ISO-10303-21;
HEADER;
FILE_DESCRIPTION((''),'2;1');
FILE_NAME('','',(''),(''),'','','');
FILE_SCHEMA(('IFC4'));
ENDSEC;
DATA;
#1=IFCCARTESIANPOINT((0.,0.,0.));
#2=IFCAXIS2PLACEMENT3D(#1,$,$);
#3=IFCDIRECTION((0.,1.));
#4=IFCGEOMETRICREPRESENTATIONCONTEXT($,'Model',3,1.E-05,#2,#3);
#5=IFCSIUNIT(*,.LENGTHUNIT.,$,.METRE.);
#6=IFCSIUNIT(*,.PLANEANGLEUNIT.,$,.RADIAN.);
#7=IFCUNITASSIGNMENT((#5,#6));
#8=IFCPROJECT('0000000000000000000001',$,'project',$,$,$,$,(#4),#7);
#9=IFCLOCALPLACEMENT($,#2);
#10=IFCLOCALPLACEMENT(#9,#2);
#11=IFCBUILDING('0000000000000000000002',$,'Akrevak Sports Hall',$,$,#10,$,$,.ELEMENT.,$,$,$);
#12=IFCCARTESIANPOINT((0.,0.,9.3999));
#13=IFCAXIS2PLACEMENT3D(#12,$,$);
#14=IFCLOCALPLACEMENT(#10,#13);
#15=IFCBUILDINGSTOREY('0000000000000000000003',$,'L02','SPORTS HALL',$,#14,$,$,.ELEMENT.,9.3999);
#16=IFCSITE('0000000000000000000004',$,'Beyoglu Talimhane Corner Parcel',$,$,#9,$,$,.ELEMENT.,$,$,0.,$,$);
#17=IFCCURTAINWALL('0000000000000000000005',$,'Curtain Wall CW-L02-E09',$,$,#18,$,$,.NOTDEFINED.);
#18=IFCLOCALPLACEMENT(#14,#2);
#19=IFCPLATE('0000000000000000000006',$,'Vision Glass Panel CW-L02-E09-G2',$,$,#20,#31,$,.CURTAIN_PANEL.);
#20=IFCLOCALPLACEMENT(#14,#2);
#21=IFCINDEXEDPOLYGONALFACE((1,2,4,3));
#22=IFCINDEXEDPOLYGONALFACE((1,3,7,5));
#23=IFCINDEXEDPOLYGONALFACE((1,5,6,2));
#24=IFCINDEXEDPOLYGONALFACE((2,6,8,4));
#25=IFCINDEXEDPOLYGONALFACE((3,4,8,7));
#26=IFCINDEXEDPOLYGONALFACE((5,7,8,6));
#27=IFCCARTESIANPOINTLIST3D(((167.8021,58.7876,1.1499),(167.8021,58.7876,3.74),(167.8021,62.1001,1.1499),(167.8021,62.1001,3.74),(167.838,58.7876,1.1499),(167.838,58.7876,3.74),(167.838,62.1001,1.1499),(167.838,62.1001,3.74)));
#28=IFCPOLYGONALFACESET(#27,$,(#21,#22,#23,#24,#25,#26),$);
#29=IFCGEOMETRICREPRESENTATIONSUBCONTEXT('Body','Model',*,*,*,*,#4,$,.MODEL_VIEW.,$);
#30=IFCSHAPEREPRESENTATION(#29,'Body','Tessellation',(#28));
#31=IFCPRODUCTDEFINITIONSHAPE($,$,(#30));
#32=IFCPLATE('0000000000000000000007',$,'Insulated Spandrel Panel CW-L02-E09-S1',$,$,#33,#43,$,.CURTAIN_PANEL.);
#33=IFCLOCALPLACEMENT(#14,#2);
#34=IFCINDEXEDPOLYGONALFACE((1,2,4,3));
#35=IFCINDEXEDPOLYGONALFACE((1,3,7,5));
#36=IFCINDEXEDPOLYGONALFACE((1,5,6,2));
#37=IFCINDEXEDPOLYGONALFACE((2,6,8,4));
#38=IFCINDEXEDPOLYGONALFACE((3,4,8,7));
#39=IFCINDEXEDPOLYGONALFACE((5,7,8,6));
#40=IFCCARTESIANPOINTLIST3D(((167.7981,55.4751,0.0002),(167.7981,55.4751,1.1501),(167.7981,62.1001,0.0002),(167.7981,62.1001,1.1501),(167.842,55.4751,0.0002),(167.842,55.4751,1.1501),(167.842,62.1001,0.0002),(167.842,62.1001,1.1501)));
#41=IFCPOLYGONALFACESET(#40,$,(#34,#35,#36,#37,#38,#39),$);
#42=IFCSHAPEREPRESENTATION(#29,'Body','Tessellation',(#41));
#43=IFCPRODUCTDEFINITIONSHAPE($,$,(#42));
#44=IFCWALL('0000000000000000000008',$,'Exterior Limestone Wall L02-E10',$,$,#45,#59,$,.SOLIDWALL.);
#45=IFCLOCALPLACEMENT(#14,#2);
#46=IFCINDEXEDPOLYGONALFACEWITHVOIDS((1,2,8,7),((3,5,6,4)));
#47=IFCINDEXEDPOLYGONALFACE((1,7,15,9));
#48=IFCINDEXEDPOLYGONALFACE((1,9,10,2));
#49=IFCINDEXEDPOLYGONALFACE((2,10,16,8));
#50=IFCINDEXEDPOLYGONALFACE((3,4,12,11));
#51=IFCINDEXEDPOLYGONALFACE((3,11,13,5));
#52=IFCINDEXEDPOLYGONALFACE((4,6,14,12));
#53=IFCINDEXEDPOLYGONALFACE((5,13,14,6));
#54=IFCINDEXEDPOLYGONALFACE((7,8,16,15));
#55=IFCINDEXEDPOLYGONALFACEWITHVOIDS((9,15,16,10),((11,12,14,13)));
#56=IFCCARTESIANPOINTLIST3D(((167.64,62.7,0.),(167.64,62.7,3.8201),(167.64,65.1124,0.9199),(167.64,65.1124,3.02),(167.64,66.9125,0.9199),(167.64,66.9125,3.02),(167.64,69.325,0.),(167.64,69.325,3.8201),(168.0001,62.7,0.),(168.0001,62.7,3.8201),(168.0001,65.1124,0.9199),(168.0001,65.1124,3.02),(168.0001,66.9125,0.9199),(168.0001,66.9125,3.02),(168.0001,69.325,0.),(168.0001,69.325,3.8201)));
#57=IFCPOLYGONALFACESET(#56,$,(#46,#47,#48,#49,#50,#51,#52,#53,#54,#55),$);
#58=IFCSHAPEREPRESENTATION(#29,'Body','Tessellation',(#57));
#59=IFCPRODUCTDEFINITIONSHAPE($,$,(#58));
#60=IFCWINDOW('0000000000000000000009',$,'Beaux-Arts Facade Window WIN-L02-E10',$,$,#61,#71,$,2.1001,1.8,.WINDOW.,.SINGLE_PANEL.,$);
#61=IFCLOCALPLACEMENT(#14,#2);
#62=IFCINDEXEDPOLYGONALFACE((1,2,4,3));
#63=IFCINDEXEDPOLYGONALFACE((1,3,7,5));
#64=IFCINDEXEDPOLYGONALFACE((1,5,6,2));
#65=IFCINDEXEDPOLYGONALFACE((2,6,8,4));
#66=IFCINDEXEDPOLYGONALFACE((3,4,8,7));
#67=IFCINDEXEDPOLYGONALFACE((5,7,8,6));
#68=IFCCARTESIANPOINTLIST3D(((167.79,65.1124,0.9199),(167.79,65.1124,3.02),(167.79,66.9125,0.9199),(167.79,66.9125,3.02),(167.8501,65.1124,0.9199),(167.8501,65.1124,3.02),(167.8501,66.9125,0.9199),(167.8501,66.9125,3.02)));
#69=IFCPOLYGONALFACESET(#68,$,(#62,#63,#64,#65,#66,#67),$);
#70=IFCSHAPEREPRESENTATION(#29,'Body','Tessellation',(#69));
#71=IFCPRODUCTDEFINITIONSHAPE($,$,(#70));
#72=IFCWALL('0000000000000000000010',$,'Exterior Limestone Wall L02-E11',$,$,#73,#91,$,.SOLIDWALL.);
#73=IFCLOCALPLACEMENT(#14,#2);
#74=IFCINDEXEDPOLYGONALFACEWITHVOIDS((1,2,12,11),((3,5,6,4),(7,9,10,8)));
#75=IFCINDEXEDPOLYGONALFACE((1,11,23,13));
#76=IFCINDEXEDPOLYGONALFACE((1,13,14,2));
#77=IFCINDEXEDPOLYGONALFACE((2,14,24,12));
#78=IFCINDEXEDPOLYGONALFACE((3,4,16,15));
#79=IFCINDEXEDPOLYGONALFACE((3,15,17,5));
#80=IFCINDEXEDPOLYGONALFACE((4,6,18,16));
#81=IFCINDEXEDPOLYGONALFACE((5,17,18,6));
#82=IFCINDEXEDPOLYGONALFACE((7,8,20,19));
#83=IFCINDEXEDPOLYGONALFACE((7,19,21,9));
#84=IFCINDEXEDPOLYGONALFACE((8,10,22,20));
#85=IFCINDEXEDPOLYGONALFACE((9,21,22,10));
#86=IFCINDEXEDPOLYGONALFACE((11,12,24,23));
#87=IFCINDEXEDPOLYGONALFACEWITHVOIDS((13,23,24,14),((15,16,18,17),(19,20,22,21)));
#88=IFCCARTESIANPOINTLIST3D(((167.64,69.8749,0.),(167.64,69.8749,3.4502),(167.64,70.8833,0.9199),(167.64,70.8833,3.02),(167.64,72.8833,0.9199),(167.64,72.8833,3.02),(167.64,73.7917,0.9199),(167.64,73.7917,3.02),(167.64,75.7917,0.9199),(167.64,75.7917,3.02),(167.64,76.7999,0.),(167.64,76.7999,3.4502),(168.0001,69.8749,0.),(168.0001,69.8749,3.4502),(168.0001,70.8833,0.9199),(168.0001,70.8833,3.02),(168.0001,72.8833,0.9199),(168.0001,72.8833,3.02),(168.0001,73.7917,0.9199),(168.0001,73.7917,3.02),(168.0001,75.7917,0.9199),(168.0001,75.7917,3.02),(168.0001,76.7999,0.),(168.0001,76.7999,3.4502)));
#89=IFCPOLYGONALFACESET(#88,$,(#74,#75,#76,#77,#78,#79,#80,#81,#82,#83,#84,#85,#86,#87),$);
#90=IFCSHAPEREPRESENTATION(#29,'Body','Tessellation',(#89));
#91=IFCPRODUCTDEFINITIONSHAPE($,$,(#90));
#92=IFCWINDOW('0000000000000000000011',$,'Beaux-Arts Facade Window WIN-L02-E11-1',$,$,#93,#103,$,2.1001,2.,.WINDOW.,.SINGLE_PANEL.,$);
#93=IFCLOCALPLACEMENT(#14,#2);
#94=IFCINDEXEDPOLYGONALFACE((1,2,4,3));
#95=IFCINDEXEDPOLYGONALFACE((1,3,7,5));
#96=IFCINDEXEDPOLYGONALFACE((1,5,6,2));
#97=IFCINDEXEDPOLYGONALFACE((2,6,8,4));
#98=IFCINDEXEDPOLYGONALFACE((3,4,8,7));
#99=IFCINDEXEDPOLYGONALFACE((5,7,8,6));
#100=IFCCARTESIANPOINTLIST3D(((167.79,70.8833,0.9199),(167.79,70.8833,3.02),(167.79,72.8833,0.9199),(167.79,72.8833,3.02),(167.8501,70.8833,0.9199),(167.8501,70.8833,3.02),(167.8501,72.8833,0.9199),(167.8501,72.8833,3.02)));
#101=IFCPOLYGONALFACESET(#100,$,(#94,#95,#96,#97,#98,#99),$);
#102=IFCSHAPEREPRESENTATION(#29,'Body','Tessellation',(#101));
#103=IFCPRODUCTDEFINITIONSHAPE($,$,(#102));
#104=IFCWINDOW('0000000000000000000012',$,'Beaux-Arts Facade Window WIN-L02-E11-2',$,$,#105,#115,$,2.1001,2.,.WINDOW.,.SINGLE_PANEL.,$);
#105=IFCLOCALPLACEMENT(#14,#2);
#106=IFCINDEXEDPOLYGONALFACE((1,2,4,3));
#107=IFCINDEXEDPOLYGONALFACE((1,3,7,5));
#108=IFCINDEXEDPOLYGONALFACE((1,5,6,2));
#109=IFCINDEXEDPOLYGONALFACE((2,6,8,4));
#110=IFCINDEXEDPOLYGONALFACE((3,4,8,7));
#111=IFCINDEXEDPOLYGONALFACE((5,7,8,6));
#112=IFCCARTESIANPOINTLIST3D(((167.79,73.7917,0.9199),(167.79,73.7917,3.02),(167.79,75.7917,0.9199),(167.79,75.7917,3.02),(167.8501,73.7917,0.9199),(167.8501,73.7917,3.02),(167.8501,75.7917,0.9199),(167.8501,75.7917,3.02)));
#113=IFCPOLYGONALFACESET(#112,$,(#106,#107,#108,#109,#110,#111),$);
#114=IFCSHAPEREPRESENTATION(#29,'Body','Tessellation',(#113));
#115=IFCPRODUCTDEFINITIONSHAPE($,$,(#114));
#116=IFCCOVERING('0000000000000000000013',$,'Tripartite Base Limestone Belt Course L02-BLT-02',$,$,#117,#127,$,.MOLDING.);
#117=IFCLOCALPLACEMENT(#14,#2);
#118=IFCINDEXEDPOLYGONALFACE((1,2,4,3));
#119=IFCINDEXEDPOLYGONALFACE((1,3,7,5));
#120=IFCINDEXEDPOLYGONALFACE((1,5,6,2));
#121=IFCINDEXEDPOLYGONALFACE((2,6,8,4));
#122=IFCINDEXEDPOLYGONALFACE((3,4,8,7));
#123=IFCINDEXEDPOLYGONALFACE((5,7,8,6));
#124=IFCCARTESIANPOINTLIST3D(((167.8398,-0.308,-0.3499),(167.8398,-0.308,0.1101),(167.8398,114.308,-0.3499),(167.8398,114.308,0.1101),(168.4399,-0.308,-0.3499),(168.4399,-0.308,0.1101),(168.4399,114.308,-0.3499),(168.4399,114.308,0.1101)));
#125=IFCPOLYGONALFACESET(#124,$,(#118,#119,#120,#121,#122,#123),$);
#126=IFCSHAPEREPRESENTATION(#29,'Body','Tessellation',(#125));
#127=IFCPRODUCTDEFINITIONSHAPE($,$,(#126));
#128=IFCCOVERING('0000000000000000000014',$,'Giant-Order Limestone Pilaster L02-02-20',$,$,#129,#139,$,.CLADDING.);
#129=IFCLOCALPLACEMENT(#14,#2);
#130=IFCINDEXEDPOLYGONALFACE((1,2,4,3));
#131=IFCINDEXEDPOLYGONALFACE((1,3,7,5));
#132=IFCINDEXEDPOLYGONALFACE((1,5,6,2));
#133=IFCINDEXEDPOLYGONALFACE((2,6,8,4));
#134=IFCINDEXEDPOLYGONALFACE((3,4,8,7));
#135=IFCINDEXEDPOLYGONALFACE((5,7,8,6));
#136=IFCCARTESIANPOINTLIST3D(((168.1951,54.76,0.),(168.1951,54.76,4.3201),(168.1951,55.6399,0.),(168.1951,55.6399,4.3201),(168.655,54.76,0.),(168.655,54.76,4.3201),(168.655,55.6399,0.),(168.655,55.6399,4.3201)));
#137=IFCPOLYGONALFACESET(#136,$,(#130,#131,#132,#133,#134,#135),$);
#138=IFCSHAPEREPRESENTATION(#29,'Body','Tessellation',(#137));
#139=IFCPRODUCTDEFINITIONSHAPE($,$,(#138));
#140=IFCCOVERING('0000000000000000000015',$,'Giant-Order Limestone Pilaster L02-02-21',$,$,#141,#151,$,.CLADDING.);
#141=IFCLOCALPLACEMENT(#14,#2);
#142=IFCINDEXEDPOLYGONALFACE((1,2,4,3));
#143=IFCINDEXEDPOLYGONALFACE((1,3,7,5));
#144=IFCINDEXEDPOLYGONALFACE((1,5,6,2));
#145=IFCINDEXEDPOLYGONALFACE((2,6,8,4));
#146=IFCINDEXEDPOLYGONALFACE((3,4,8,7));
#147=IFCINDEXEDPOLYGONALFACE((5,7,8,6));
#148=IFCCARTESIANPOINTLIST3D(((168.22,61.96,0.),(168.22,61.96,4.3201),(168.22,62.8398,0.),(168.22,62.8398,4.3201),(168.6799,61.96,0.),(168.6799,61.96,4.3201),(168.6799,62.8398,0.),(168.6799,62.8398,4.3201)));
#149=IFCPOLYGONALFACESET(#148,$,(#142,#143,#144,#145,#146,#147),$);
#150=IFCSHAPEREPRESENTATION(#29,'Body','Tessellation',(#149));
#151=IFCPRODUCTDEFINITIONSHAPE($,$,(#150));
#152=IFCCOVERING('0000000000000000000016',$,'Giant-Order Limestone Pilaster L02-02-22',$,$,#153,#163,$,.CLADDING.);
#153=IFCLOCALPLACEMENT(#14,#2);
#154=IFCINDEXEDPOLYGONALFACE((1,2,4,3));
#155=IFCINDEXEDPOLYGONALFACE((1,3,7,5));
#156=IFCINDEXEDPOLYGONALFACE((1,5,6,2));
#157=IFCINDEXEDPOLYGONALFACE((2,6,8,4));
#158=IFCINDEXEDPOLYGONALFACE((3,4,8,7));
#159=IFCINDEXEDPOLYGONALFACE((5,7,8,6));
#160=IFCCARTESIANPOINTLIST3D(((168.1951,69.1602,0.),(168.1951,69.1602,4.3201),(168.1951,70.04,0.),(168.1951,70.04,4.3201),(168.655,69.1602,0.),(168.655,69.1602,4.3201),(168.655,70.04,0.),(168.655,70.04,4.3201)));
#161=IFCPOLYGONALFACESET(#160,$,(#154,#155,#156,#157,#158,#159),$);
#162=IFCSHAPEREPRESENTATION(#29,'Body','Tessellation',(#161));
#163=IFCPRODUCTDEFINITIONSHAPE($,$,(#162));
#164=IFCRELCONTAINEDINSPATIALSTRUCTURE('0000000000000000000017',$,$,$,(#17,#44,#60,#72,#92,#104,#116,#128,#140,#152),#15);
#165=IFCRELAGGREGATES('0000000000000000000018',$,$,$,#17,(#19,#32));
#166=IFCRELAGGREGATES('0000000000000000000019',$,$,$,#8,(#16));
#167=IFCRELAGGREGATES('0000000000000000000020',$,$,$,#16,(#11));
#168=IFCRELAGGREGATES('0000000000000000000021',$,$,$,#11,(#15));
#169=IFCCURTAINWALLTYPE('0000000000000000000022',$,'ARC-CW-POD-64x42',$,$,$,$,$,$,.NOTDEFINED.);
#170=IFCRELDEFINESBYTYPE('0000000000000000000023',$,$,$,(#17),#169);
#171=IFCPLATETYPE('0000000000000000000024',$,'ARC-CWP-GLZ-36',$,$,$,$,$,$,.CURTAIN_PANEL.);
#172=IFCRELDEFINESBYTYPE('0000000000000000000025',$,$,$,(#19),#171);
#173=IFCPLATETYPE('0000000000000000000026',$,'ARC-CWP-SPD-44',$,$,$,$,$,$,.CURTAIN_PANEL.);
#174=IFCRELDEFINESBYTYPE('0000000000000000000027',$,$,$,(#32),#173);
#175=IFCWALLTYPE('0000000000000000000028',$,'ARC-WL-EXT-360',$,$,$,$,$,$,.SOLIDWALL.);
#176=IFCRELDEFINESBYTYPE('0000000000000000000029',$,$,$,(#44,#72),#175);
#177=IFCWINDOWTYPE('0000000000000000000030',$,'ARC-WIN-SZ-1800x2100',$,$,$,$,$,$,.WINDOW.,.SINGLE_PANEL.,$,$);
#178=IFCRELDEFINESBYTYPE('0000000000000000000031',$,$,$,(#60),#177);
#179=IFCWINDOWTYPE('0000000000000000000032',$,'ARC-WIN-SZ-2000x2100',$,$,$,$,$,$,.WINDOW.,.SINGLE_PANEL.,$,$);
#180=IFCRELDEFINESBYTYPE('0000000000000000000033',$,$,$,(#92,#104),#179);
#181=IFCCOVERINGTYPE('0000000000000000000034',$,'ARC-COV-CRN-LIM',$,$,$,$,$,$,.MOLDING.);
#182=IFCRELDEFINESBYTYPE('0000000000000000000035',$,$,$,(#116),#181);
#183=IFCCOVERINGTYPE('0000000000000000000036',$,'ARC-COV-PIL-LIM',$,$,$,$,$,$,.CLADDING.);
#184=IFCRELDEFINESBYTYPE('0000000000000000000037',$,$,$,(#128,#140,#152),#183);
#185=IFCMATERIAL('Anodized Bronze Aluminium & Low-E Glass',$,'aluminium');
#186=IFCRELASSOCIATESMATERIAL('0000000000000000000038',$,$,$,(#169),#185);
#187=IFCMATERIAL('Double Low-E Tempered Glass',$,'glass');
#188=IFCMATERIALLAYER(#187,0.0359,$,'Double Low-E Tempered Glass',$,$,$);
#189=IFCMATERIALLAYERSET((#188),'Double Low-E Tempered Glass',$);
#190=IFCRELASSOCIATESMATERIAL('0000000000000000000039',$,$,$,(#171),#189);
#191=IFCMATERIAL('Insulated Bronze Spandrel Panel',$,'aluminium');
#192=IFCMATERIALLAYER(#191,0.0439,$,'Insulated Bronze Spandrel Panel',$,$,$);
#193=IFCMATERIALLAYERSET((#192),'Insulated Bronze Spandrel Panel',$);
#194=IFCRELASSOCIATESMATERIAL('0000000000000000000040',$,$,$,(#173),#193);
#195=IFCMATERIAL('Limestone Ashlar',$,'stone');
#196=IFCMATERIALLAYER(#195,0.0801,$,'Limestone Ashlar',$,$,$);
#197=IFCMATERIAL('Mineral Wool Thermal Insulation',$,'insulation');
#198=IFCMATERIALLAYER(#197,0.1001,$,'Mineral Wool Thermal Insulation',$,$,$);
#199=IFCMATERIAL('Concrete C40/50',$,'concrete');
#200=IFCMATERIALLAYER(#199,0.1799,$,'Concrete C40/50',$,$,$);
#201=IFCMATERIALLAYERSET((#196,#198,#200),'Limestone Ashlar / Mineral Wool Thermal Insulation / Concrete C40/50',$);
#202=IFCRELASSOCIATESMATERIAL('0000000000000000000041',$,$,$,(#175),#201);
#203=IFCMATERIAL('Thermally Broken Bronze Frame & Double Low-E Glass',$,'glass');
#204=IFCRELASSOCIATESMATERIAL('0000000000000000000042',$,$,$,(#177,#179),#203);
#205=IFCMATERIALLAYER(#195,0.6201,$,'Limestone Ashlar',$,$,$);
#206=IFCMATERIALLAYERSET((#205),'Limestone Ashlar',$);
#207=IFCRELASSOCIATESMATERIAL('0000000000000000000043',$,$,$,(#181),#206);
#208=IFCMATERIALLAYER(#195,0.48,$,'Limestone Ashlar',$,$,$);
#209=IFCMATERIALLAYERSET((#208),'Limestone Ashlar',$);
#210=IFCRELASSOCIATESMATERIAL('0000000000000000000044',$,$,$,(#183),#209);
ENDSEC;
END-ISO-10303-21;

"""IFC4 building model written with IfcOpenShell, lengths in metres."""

from ifc_helpers import new_model, si_unit, direction, frame, frame_2d, origin, origin_2d, place, context, subcontext, project, spatial, rectangle, extrude, material, layer, layer_set, type_object, element, fill, aggregate, save


model = new_model("IFC4")

# Units and contexts
model_context = context("Model", 3, precision=1e-05, world=origin(), true_north=direction((0.0, 1.0)))
body_context = subcontext(model_context, "Body", "Model", "MODEL_VIEW")
ifc_project = project(units=[si_unit("LENGTHUNIT", "METRE"), si_unit("PLANEANGLEUNIT", "RADIAN")], contexts=[model_context])

# Site, building, storey
site_placement = place(None, origin())
site = spatial("IfcSite", under=ifc_project, at=site_placement, Name="Beyoglu Talimhane Corner Parcel", CompositionType="ELEMENT", RefElevation=0.0)
building_placement = place(site_placement, origin())
building = spatial("IfcBuilding", under=site, at=building_placement, Name="Akrevak Sports Hall", CompositionType="ELEMENT")
storey_placement = place(building_placement, frame((0.0, 0.0, 9.3999)))
storey = spatial("IfcBuildingStorey", under=building, at=storey_placement, Name="L02", Description="SPORTS HALL", CompositionType="ELEMENT", Elevation=9.3999)

# Shared definitions
ifc_material_1 = material(Name="Concrete C40/50", Category="concrete")

# Curtain wall
ifc_material_2 = material(Name="Anodized Bronze Aluminium & Low-E Glass", Category="aluminium")
curtain_wall_type = type_object("IfcCurtainWallType", Name="ARC-CW-POD-64x42", PredefinedType="NOTDEFINED", material=ifc_material_2)
curtain_wall_placement = place(storey_placement, origin())
curtain_wall = element("IfcCurtainWall", 1, at=curtain_wall_placement, inside=storey, type_object=curtain_wall_type, Name="Curtain Wall CW-L02-E09", PredefinedType="NOTDEFINED")

# Plates
ifc_material_3 = material(Name="Double Low-E Tempered Glass", Category="glass")
ifc_layer_1 = layer(ifc_material_3, 0.0359, Name="Double Low-E Tempered Glass")
ifc_layer_set_1 = layer_set([ifc_layer_1], Name="Double Low-E Tempered Glass")
plate_type_1 = type_object("IfcPlateType", Name="ARC-CWP-GLZ-36", PredefinedType="CURTAIN_PANEL", material=ifc_layer_set_1)
plate_1_placement = place(storey_placement, frame((167.8201, 60.4438, 1.1499), z_axis=(0.0, 0.0, 1.0), x_axis=(0.0, 1.0, 0.0)))
plate_1 = element("IfcPlate", 2, at=plate_1_placement, type_object=plate_type_1, Name="Vision Glass Panel CW-L02-E09-G2", PredefinedType="CURTAIN_PANEL", context=body_context, shape_type="SweptSolid", body=[
    extrude(rectangle(XDim=3.3125, YDim=0.0359, at=origin_2d()), origin(), (0.0, 0.0, 1.0), 2.5901),
])
ifc_material_4 = material(Name="Insulated Bronze Spandrel Panel", Category="aluminium")
ifc_layer_2 = layer(ifc_material_4, 0.0439, Name="Insulated Bronze Spandrel Panel")
ifc_layer_set_2 = layer_set([ifc_layer_2], Name="Insulated Bronze Spandrel Panel")
plate_type_2 = type_object("IfcPlateType", Name="ARC-CWP-SPD-44", PredefinedType="CURTAIN_PANEL", material=ifc_layer_set_2)
plate_2_placement = place(storey_placement, frame((167.8201, 58.7876, 0.0002), z_axis=(0.0, 0.0, 1.0), x_axis=(0.0, 1.0, 0.0)))
plate_2 = element("IfcPlate", 3, at=plate_2_placement, type_object=plate_type_2, Name="Insulated Spandrel Panel CW-L02-E09-S1", PredefinedType="CURTAIN_PANEL", context=body_context, shape_type="SweptSolid", body=[
    extrude(rectangle(XDim=6.625, YDim=0.0439, at=origin_2d()), origin(), (0.0, 0.0, 1.0), 1.1499),
])
aggregate(curtain_wall, [plate_1, plate_2])

# Wall, opening, window
ifc_material_5 = material(Name="Limestone Ashlar", Category="stone")
ifc_layer_3 = layer(ifc_material_5, 0.0801, Name="Limestone Ashlar")
ifc_material_6 = material(Name="Mineral Wool Thermal Insulation", Category="insulation")
ifc_layer_4 = layer(ifc_material_6, 0.1001, Name="Mineral Wool Thermal Insulation")
ifc_layer_5 = layer(ifc_material_1, 0.1799, Name="Concrete C40/50")
ifc_layer_set_3 = layer_set([ifc_layer_3, ifc_layer_4, ifc_layer_5], Name="Limestone Ashlar / Mineral Wool Thermal Insulation / Concrete C40/50")
wall_type = type_object("IfcWallType", Name="ARC-WL-EXT-360", PredefinedType="SOLIDWALL", material=ifc_layer_set_3)
wall_1_placement = place(storey_placement, frame((167.8201, 62.7, 0.0), z_axis=(0.0, 0.0, 1.0), x_axis=(0.0, 1.0, 0.0)))
wall_1 = element("IfcWall", 4, at=wall_1_placement, inside=storey, type_object=wall_type, Name="Exterior Limestone Wall L02-E10", PredefinedType="SOLIDWALL", context=body_context, shape_type="SweptSolid", body=[
    extrude(rectangle(XDim=6.625, YDim=0.3601, at=frame_2d((3.3125, 0.0))), origin(), (0.0, 0.0, 1.0), 3.8201),
])
opening_1_placement = place(wall_1_placement, frame((2.4126, 0.0, 0.9199)))
opening_1 = element("IfcOpeningElement", 5, at=opening_1_placement, cuts=wall_1, PredefinedType="OPENING", context=body_context, shape_type="SweptSolid", body=[
    extrude(rectangle(XDim=1.8, YDim=2.1001, at=frame_2d((0.8999, 1.05))), frame((0.0, 0.1919, 0.0), z_axis=(0.0, -1.0, 0.0), x_axis=(1.0, 0.0, 0.0)), (0.0, 0.0, 1.0), 0.384),
])
ifc_material_7 = material(Name="Thermally Broken Bronze Frame & Double Low-E Glass", Category="glass")
window_type_1 = type_object("IfcWindowType", Name="ARC-WIN-SZ-1800x2100", PartitioningType="SINGLE_PANEL", PredefinedType="WINDOW", material=ifc_material_7)
window_1_placement = place(opening_1_placement, origin())
window_1 = element("IfcWindow", 6, at=window_1_placement, inside=storey, type_object=window_type_1, Name="Beaux-Arts Facade Window WIN-L02-E10", OverallHeight=2.1001, OverallWidth=1.8, PartitioningType="SINGLE_PANEL", PredefinedType="WINDOW", context=body_context, shape_type="SweptSolid", body=[
    extrude(rectangle(XDim=1.8, YDim=2.1001, at=frame_2d((0.8999, 1.05))), frame((0.0, 0.03, 0.0), z_axis=(0.0, -1.0, 0.0), x_axis=(1.0, 0.0, 0.0)), (0.0, 0.0, 1.0), 0.0601),
])
fill(opening_1, window_1)

# Wall, openings, windows
wall_2_placement = place(storey_placement, frame((167.8201, 69.875, 0.0), z_axis=(0.0, 0.0, 1.0), x_axis=(0.0, 1.0, 0.0)))
wall_2 = element("IfcWall", 7, at=wall_2_placement, inside=storey, type_object=wall_type, Name="Exterior Limestone Wall L02-E11", PredefinedType="SOLIDWALL", context=body_context, shape_type="SweptSolid", body=[
    extrude(rectangle(XDim=6.925, YDim=0.3601, at=frame_2d((3.4624, 0.0))), origin(), (0.0, 0.0, 1.0), 3.4502),
])
opening_2_placement = place(wall_2_placement, frame((1.0083, 0.0, 0.9199)))
opening_2 = element("IfcOpeningElement", 8, at=opening_2_placement, cuts=wall_2, PredefinedType="OPENING", context=body_context, shape_type="SweptSolid", body=[
    extrude(rectangle(XDim=2.0, YDim=2.1001, at=frame_2d((1.0, 1.05))), frame((0.0, 0.1919, 0.0), z_axis=(0.0, -1.0, 0.0), x_axis=(1.0, 0.0, 0.0)), (0.0, 0.0, 1.0), 0.384),
])
opening_3_placement = place(wall_2_placement, frame((3.9167, 0.0, 0.9199)))
opening_3 = element("IfcOpeningElement", 9, at=opening_3_placement, cuts=wall_2, PredefinedType="OPENING", context=body_context, shape_type="SweptSolid", body=[
    extrude(rectangle(XDim=2.0, YDim=2.1001, at=frame_2d((1.0, 1.05))), frame((0.0, 0.1919, 0.0), z_axis=(0.0, -1.0, 0.0), x_axis=(1.0, 0.0, 0.0)), (0.0, 0.0, 1.0), 0.384),
])
window_type_2 = type_object("IfcWindowType", Name="ARC-WIN-SZ-2000x2100", PartitioningType="SINGLE_PANEL", PredefinedType="WINDOW", material=ifc_material_7)
window_2_placement = place(opening_2_placement, origin())
window_2 = element("IfcWindow", 10, at=window_2_placement, inside=storey, type_object=window_type_2, Name="Beaux-Arts Facade Window WIN-L02-E11-1", OverallHeight=2.1001, OverallWidth=2.0, PartitioningType="SINGLE_PANEL", PredefinedType="WINDOW", context=body_context, shape_type="SweptSolid", body=[
    extrude(rectangle(XDim=2.0, YDim=2.1001, at=frame_2d((1.0, 1.05))), frame((0.0, 0.03, 0.0), z_axis=(0.0, -1.0, 0.0), x_axis=(1.0, 0.0, 0.0)), (0.0, 0.0, 1.0), 0.0601),
])
fill(opening_2, window_2)
window_3_placement = place(opening_3_placement, origin())
window_3 = element("IfcWindow", 11, at=window_3_placement, inside=storey, type_object=window_type_2, Name="Beaux-Arts Facade Window WIN-L02-E11-2", OverallHeight=2.1001, OverallWidth=2.0, PartitioningType="SINGLE_PANEL", PredefinedType="WINDOW", context=body_context, shape_type="SweptSolid", body=[
    extrude(rectangle(XDim=2.0, YDim=2.1001, at=frame_2d((1.0, 1.05))), frame((0.0, 0.03, 0.0), z_axis=(0.0, -1.0, 0.0), x_axis=(1.0, 0.0, 0.0)), (0.0, 0.0, 1.0), 0.0601),
])
fill(opening_3, window_3)

# Coverings
ifc_layer_6 = layer(ifc_material_5, 0.6201, Name="Limestone Ashlar")
ifc_layer_set_4 = layer_set([ifc_layer_6], Name="Limestone Ashlar")
covering_type_1 = type_object("IfcCoveringType", Name="ARC-COV-CRN-LIM", PredefinedType="MOLDING", material=ifc_layer_set_4)
covering_placement = place(storey_placement, frame((168.1399, 57.0, -0.3499), z_axis=(0.0, 0.0, 1.0), x_axis=(0.0, 1.0, 0.0)))
element("IfcCovering", 12, at=covering_placement, inside=storey, type_object=covering_type_1, Name="Tripartite Base Limestone Belt Course L02-BLT-02", PredefinedType="MOLDING", context=body_context, shape_type="SweptSolid", body=[
    extrude(rectangle(XDim=114.616, YDim=0.6001, at=origin_2d()), origin(), (0.0, 0.0, 1.0), 0.46),
])
ifc_layer_7 = layer(ifc_material_5, 0.48, Name="Limestone Ashlar")
ifc_layer_set_5 = layer_set([ifc_layer_7], Name="Limestone Ashlar")
covering_type_2 = type_object("IfcCoveringType", Name="ARC-COV-PIL-LIM", PredefinedType="CLADDING", material=ifc_layer_set_5)
for number, where, z_axis, x_axis, name in (
    (13, (168.425, 55.2, 0.0), (0.0, 0.0, 1.0), (0.0, 1.0, 0.0), "Giant-Order Limestone Pilaster L02-02-20"),
    (14, (168.45, 62.3999, 0.0), (0.0, 0.0, 1.0), (0.0, 1.0, 0.0), "Giant-Order Limestone Pilaster L02-02-21"),
    (15, (168.425, 69.6001, 0.0), (0.0, 0.0, 1.0), (0.0, 1.0, 0.0), "Giant-Order Limestone Pilaster L02-02-22"),
):
    element("IfcCovering", number, at=place(storey_placement, frame(where, z_axis=z_axis, x_axis=x_axis)), inside=storey, type_object=covering_type_2, Name=name, PredefinedType="CLADDING", context=body_context, shape_type="SweptSolid", body=[
        extrude(rectangle(XDim=0.8799, YDim=0.46, at=origin_2d()), origin(), (0.0, 0.0, 1.0), 4.3201),
    ])

save(model, "model.ifc")
